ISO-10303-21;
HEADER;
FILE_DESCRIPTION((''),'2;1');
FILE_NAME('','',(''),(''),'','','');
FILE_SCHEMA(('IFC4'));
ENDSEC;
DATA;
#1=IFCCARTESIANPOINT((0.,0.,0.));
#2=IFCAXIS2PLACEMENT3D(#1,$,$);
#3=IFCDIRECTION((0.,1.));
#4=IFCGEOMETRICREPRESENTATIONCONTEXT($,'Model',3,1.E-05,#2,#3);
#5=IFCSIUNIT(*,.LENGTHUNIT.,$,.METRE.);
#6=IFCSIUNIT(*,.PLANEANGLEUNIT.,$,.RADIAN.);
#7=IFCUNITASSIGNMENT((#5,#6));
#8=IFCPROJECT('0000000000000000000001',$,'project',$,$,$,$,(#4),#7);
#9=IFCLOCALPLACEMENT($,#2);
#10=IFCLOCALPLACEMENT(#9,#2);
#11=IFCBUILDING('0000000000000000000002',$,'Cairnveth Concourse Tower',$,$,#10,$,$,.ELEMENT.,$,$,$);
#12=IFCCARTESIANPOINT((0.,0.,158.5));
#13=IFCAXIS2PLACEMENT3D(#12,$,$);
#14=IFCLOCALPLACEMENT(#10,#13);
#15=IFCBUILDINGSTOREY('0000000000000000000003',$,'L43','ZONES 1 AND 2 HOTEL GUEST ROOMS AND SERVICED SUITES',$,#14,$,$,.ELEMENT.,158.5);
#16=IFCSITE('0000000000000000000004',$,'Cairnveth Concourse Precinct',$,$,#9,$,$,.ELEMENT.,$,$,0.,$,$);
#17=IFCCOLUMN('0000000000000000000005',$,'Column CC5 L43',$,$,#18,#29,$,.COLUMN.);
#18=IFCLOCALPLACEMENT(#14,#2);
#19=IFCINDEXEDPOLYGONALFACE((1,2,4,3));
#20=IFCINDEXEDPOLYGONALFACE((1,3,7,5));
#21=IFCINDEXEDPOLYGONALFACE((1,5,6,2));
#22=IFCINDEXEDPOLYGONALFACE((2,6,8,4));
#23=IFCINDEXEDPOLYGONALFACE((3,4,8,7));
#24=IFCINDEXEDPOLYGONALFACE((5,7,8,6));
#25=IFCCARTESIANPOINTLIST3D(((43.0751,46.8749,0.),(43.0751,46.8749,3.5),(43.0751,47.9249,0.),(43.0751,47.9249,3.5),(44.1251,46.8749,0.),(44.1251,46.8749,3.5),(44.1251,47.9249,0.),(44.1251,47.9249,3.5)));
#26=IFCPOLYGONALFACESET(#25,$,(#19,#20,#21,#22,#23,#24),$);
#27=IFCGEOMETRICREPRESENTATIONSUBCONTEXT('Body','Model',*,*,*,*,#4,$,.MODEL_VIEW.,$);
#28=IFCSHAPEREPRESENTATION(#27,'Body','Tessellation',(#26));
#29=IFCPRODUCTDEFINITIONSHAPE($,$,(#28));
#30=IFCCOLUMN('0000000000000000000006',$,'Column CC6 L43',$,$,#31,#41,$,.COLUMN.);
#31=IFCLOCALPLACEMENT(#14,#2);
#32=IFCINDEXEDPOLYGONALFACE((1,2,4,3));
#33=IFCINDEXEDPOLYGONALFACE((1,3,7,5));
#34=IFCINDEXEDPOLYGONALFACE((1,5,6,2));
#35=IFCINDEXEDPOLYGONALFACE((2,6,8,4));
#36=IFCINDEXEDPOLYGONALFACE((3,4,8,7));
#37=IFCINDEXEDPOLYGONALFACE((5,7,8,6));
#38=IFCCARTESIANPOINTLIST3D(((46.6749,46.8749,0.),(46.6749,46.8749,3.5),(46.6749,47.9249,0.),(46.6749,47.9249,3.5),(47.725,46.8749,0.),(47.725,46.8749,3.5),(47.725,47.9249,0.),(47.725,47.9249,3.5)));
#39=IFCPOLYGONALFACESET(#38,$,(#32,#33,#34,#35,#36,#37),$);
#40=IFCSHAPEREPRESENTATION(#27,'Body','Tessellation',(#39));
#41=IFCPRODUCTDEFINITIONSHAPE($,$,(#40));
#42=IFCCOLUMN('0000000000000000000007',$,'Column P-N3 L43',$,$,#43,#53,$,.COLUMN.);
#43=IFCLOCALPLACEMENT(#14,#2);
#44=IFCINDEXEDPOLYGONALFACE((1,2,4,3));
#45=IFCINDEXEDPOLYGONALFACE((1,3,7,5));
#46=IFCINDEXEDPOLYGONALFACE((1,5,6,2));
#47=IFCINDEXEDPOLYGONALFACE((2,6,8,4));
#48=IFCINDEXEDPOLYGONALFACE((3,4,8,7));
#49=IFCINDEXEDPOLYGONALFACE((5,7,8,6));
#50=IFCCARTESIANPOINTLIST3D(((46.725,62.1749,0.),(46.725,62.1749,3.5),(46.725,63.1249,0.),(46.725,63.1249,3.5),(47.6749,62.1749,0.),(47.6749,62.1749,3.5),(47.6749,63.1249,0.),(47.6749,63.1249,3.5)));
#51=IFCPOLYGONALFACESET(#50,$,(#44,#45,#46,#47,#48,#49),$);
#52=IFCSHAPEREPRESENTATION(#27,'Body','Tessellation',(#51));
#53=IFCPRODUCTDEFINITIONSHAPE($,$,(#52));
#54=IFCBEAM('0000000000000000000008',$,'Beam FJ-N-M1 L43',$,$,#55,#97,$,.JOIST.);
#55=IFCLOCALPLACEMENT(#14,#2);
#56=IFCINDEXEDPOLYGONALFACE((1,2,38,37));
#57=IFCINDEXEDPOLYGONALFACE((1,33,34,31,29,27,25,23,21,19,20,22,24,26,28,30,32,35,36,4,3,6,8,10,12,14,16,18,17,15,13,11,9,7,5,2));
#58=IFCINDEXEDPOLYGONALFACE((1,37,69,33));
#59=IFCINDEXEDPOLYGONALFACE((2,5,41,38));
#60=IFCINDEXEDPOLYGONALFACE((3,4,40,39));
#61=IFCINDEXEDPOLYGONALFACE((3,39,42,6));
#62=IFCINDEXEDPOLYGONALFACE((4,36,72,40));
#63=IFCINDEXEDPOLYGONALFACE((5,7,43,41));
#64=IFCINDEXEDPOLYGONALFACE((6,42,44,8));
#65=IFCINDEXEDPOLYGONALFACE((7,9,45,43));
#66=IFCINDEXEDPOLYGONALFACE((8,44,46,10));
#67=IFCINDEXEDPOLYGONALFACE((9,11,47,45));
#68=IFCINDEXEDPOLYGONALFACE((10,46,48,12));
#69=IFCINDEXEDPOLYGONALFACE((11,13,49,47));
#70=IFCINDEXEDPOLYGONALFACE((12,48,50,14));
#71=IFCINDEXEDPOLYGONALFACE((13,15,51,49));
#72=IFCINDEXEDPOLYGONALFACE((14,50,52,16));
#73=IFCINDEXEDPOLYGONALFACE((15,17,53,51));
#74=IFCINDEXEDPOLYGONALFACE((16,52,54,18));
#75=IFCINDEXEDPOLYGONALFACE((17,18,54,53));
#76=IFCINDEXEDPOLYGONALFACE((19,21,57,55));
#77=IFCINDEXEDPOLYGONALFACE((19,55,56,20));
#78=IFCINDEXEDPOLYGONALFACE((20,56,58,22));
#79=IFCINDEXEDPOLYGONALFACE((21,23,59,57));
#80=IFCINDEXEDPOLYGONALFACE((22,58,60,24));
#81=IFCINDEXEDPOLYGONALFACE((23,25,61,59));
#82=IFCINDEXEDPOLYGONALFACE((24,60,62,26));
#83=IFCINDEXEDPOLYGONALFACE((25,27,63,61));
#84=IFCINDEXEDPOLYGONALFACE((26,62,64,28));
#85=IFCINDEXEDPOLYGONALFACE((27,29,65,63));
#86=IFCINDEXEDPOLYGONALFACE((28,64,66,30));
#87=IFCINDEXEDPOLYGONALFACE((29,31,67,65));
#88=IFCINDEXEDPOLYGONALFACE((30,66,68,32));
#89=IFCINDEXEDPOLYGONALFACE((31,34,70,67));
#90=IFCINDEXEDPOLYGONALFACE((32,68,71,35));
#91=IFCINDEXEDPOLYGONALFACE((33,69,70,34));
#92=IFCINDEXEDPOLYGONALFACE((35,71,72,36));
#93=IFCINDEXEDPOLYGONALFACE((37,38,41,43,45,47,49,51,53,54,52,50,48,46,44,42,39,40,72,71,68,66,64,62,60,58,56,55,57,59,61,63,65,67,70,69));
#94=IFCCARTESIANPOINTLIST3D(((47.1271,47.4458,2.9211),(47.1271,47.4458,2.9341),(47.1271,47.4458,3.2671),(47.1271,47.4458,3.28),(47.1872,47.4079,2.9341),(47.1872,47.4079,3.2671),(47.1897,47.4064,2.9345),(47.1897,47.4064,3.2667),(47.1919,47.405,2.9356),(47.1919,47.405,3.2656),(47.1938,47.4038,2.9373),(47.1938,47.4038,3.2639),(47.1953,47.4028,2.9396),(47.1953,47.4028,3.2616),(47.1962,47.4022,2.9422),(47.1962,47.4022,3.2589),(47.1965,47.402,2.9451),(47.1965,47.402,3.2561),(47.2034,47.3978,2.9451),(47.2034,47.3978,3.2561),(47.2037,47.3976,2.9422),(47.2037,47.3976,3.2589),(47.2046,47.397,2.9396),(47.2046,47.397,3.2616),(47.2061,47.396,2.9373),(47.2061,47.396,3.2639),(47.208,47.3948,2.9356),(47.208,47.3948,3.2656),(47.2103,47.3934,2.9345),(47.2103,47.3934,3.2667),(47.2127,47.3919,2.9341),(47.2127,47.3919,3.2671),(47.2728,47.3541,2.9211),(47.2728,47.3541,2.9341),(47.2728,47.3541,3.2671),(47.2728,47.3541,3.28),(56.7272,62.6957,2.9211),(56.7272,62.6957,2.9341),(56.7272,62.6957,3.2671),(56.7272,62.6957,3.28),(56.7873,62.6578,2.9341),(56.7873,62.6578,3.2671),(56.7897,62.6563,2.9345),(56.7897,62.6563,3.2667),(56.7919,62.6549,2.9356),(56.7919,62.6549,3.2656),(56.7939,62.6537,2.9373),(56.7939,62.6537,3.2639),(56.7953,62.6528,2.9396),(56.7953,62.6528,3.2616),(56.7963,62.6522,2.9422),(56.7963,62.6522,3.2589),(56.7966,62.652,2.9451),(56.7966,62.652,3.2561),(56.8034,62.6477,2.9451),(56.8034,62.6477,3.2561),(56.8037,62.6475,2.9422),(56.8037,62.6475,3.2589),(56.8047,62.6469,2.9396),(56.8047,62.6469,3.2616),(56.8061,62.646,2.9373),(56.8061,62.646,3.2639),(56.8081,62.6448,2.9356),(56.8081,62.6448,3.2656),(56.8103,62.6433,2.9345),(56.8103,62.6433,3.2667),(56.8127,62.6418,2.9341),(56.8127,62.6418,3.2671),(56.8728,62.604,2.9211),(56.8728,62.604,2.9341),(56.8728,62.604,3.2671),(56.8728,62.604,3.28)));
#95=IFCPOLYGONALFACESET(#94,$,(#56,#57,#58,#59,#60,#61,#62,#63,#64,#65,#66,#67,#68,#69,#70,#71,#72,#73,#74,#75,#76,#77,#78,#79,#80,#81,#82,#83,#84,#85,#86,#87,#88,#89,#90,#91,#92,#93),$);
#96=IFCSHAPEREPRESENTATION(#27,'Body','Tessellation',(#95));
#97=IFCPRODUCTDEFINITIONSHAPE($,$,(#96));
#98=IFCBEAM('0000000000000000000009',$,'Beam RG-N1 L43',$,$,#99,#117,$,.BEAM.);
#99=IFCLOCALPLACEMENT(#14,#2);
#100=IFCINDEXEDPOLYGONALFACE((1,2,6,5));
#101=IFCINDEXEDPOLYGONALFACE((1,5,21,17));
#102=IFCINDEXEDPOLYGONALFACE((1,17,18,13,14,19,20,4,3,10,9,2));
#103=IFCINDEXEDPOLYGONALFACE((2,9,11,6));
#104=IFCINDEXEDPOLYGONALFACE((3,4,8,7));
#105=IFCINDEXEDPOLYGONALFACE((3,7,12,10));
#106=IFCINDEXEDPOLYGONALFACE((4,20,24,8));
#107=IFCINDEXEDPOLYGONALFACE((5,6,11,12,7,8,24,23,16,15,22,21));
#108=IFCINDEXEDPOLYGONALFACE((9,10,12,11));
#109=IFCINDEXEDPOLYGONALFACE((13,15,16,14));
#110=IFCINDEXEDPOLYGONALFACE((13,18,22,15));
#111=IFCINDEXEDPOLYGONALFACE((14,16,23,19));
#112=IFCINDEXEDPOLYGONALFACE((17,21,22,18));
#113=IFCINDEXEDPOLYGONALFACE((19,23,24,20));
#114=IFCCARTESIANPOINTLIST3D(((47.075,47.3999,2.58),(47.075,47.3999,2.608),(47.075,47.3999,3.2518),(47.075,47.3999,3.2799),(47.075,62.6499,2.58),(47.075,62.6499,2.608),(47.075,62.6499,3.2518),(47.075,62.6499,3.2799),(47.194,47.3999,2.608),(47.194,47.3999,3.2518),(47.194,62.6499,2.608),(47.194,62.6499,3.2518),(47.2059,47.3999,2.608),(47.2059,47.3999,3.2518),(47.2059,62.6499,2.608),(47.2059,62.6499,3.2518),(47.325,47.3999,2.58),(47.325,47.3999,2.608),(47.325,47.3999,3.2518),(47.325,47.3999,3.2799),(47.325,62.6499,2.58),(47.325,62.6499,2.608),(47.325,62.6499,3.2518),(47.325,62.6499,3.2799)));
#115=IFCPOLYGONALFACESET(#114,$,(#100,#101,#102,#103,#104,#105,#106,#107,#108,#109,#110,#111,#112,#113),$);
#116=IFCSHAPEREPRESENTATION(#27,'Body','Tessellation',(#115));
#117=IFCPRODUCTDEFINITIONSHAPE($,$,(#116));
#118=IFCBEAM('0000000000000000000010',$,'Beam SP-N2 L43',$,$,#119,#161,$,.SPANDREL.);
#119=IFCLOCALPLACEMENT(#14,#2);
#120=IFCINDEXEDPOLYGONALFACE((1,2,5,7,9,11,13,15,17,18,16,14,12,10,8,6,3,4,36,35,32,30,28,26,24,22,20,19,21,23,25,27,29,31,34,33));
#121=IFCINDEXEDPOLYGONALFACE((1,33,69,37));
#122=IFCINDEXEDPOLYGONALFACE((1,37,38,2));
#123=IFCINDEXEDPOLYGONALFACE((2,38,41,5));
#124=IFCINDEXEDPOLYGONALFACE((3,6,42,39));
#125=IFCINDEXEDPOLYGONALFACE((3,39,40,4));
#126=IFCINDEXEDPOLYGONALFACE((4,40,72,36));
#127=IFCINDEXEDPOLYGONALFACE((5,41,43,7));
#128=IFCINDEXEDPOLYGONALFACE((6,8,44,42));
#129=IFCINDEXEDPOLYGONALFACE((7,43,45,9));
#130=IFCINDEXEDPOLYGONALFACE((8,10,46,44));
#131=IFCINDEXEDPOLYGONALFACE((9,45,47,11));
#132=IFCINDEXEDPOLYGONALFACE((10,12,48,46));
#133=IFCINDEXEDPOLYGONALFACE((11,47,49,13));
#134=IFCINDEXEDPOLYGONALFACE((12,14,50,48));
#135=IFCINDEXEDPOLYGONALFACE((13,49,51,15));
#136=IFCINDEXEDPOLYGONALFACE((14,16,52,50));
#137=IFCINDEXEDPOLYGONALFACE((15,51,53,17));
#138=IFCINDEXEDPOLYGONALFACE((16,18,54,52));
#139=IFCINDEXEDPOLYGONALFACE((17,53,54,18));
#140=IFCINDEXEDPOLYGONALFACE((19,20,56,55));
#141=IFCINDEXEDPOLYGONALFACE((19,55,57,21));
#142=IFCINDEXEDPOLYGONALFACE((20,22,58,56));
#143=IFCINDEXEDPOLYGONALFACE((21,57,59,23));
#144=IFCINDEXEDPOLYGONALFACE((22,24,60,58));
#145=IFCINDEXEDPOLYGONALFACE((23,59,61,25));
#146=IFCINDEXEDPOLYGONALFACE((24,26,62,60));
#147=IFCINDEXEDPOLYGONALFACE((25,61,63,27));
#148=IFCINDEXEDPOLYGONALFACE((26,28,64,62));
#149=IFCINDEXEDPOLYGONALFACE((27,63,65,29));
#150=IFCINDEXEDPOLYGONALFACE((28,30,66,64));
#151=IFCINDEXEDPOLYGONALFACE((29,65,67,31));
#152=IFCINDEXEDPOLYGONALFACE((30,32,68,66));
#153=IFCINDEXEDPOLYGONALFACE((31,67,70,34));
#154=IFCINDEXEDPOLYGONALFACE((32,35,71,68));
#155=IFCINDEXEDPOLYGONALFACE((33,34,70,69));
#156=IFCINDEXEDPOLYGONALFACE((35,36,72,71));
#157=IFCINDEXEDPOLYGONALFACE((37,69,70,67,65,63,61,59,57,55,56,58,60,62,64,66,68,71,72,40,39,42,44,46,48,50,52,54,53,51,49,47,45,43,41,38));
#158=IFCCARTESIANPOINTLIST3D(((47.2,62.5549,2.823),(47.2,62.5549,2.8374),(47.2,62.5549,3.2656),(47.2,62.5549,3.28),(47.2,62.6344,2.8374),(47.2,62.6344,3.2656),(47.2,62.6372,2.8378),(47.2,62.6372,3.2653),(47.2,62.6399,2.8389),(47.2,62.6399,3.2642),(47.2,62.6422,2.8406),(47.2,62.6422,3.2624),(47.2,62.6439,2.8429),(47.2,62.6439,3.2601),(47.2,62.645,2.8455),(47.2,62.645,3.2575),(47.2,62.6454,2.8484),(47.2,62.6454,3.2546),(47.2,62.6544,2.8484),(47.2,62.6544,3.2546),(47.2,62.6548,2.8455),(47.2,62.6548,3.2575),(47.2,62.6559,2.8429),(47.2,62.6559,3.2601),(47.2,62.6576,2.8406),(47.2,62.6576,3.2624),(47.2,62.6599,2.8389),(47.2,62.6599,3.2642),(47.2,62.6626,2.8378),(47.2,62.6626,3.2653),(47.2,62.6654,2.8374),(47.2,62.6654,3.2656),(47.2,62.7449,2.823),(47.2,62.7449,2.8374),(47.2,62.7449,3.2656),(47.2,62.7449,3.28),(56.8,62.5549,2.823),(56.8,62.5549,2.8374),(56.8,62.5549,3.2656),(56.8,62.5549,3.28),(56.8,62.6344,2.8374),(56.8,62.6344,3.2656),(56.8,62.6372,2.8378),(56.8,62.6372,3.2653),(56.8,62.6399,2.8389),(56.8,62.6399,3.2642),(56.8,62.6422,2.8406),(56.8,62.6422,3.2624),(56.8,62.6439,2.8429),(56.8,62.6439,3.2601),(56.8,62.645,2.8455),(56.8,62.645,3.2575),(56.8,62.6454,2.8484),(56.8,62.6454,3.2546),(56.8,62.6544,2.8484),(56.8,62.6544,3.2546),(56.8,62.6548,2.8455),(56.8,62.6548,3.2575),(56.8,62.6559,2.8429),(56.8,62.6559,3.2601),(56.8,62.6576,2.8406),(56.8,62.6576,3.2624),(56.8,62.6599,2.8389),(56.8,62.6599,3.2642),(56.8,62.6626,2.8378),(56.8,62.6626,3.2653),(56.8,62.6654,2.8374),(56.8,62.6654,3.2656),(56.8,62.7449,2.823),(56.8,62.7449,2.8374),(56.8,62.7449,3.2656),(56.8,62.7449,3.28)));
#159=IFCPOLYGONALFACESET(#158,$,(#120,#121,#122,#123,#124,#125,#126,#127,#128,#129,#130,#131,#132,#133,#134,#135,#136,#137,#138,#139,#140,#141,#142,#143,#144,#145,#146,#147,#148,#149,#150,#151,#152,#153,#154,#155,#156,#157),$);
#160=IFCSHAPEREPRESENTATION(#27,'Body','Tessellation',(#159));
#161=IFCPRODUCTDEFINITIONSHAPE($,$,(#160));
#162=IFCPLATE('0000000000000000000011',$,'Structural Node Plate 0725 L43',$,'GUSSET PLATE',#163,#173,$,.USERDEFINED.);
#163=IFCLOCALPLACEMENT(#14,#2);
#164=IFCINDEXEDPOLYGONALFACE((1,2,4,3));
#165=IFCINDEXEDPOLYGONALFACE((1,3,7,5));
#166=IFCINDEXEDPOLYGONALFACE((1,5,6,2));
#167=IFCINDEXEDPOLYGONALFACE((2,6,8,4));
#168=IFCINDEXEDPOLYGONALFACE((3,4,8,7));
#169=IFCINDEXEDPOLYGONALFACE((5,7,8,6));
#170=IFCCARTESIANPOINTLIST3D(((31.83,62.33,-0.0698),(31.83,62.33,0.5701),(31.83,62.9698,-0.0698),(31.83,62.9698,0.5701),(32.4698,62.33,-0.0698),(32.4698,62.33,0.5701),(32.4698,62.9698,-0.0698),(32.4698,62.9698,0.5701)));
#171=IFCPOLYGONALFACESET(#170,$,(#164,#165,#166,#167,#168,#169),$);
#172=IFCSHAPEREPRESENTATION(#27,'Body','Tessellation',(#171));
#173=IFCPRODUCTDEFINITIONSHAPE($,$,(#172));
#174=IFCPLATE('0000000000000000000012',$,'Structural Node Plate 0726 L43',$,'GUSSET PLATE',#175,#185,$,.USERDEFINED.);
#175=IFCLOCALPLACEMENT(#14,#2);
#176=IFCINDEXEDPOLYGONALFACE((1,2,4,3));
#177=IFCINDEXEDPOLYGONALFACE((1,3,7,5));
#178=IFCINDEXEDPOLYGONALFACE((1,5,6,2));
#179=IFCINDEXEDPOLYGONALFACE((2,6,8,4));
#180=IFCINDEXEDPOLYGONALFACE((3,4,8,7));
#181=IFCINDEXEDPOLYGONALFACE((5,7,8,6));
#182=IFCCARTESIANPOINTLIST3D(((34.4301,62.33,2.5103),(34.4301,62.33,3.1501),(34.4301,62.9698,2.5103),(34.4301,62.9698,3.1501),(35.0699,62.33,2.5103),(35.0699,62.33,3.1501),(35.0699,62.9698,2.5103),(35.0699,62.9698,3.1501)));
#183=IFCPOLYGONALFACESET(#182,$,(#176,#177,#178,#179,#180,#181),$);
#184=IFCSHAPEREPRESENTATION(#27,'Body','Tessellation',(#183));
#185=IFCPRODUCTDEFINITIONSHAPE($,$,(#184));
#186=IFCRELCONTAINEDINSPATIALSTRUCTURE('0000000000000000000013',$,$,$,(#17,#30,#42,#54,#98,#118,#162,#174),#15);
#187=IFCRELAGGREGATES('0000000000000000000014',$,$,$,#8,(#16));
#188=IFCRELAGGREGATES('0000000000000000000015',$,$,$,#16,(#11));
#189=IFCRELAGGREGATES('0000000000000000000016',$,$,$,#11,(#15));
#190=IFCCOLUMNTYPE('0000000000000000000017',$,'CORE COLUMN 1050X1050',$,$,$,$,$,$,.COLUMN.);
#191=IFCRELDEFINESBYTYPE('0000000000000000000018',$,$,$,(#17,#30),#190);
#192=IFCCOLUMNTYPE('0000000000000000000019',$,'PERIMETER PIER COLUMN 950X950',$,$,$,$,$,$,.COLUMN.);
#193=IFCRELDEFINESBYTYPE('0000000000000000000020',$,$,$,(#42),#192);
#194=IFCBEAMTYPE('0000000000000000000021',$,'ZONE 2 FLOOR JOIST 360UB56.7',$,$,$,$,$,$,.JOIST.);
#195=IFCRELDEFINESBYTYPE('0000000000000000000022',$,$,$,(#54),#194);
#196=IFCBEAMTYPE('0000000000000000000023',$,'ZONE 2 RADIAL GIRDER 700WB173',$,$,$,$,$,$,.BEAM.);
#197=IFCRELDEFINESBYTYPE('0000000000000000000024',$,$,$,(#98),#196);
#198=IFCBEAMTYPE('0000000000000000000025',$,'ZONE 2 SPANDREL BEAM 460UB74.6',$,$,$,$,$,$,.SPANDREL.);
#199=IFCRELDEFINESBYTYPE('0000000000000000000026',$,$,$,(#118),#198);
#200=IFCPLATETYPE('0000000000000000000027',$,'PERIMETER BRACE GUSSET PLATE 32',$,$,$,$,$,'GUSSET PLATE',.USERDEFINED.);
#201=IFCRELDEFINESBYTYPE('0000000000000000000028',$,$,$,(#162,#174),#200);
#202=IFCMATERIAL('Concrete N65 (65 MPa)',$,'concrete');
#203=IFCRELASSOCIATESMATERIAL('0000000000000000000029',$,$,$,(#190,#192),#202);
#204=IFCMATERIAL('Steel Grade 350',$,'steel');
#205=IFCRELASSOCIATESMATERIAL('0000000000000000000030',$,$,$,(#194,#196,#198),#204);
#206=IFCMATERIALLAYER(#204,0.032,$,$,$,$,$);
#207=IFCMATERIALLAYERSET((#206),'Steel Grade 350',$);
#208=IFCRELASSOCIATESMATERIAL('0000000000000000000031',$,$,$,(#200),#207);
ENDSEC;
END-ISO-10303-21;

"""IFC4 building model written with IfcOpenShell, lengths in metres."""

from ifc_helpers import new_model, si_unit, direction, frame, origin, origin_2d, place, context, subcontext, project, spatial, rectangle, i_section, extrude, material, layer, layer_set, material_profile, profile_set, type_object, element, save


model = new_model("IFC4")

# Units and contexts
model_context = context("Model", 3, precision=1e-05, world=origin(), true_north=direction((0.0, 1.0)))
body_context = subcontext(model_context, "Body", "Model", "MODEL_VIEW")
ifc_project = project(units=[si_unit("LENGTHUNIT", "METRE"), si_unit("PLANEANGLEUNIT", "RADIAN")], contexts=[model_context])

# Site, building, storey
site_placement = place(None, origin())
site = spatial("IfcSite", under=ifc_project, at=site_placement, Name="Cairnveth Concourse Precinct", CompositionType="ELEMENT", RefElevation=0.0)
building_placement = place(site_placement, origin())
building = spatial("IfcBuilding", under=site, at=building_placement, Name="Cairnveth Concourse Tower", CompositionType="ELEMENT")
storey_placement = place(building_placement, frame((0.0, 0.0, 158.5)))
storey = spatial("IfcBuildingStorey", under=building, at=storey_placement, Name="L43", Description="ZONES 1 AND 2 HOTEL GUEST ROOMS AND SERVICED SUITES", CompositionType="ELEMENT", Elevation=158.5)

# Columns
ifc_material_1 = material(Name="Concrete N65 (65 MPa)", Category="concrete")
ifc_material_profile_1 = material_profile(ifc_material_1, rectangle(XDim=1.05, YDim=1.05, at=origin_2d()), Name="RC-COL-1050x1050")
ifc_profile_set_1 = profile_set([ifc_material_profile_1], Name="Concrete N65 (65 MPa)")
column_type_1 = type_object("IfcColumnType", Name="CORE COLUMN 1050X1050", PredefinedType="COLUMN", material=ifc_profile_set_1)
for number, where, z_axis, x_axis, name in (
    (1, (43.6001, 47.3999, 0.0), (0.0, 0.0, 1.0), (1.0, 0.0, 0.0), "Column CC5 L43"),
    (2, (47.2, 47.3999, 0.0), (0.0, 0.0, 1.0), (1.0, 0.0, 0.0), "Column CC6 L43"),
):
    element("IfcColumn", number, at=place(storey_placement, frame(where, z_axis=z_axis, x_axis=x_axis)), inside=storey, type_object=column_type_1, Name=name, PredefinedType="COLUMN", context=body_context, shape_type="SweptSolid", body=[
        extrude(rectangle(XDim=1.05, YDim=1.05, at=origin_2d()), origin(), (0.0, 0.0, 1.0), 3.5),
    ])
ifc_material_profile_2 = material_profile(ifc_material_1, rectangle(XDim=0.95, YDim=0.95, at=origin_2d()), Name="RC-COL-950x950")
ifc_profile_set_2 = profile_set([ifc_material_profile_2], Name="Concrete N65 (65 MPa)")
column_type_2 = type_object("IfcColumnType", Name="PERIMETER PIER COLUMN 950X950", PredefinedType="COLUMN", material=ifc_profile_set_2)
column_placement = place(storey_placement, frame((47.2, 62.6499, 0.0), z_axis=(0.0, 0.0, 1.0), x_axis=(1.0, 0.0, 0.0)))
element("IfcColumn", 3, at=column_placement, inside=storey, type_object=column_type_2, Name="Column P-N3 L43", PredefinedType="COLUMN", context=body_context, shape_type="SweptSolid", body=[
    extrude(rectangle(XDim=0.95, YDim=0.95, at=origin_2d()), origin(), (0.0, 0.0, 1.0), 3.5),
])

# Beams
ifc_material_2 = material(Name="Steel Grade 350", Category="steel")
ifc_material_profile_3 = material_profile(ifc_material_2, i_section(OverallWidth=0.1721, OverallDepth=0.3589, WebThickness=0.0081, FlangeThickness=0.0129, FilletRadius=0.011, at=origin_2d()), Name="360UB56.7")
ifc_profile_set_3 = profile_set([ifc_material_profile_3], Name="Steel Grade 350")
beam_type_1 = type_object("IfcBeamType", Name="ZONE 2 FLOOR JOIST 360UB56.7", PredefinedType="JOIST", material=ifc_profile_set_3)
beam_1_placement = place(storey_placement, frame((47.2, 47.3999, 3.1006), z_axis=(0.532744, 0.846277, 0.0), x_axis=(-0.846277, 0.532744, 0.0)))
element("IfcBeam", 4, at=beam_1_placement, inside=storey, type_object=beam_type_1, Name="Beam FJ-N-M1 L43", PredefinedType="JOIST", context=body_context, shape_type="SweptSolid", body=[
    extrude(i_section(OverallWidth=0.1721, OverallDepth=0.3589, WebThickness=0.0081, FlangeThickness=0.0129, FilletRadius=0.011, at=origin_2d()), origin(), (0.0, 0.0, 1.0), 18.02),
])
ifc_material_profile_4 = material_profile(ifc_material_2, i_section(OverallWidth=0.25, OverallDepth=0.7, WebThickness=0.012, FlangeThickness=0.0281, at=origin_2d()), Name="700WB173")
ifc_profile_set_4 = profile_set([ifc_material_profile_4], Name="Steel Grade 350")
beam_type_2 = type_object("IfcBeamType", Name="ZONE 2 RADIAL GIRDER 700WB173", PredefinedType="BEAM", material=ifc_profile_set_4)
beam_2_placement = place(storey_placement, frame((47.2, 47.3999, 2.9299), z_axis=(0.0, 1.0, 0.0), x_axis=(-1.0, 0.0, 0.0)))
element("IfcBeam", 5, at=beam_2_placement, inside=storey, type_object=beam_type_2, Name="Beam RG-N1 L43", PredefinedType="BEAM", context=body_context, shape_type="SweptSolid", body=[
    extrude(i_section(OverallWidth=0.25, OverallDepth=0.7, WebThickness=0.012, FlangeThickness=0.0281, at=origin_2d()), origin(), (0.0, 0.0, 1.0), 15.25),
])
ifc_material_profile_5 = material_profile(ifc_material_2, i_section(OverallWidth=0.1899, OverallDepth=0.457, WebThickness=0.009, FlangeThickness=0.0144, FilletRadius=0.011, at=origin_2d()), Name="460UB74.6")
ifc_profile_set_5 = profile_set([ifc_material_profile_5], Name="Steel Grade 350")
beam_type_3 = type_object("IfcBeamType", Name="ZONE 2 SPANDREL BEAM 460UB74.6", PredefinedType="SPANDREL", material=ifc_profile_set_5)
beam_3_placement = place(storey_placement, frame((47.2, 62.6499, 3.0515), z_axis=(1.0, 0.0, 0.0), x_axis=(0.0, 1.0, 0.0)))
element("IfcBeam", 6, at=beam_3_placement, inside=storey, type_object=beam_type_3, Name="Beam SP-N2 L43", PredefinedType="SPANDREL", context=body_context, shape_type="SweptSolid", body=[
    extrude(i_section(OverallWidth=0.1899, OverallDepth=0.457, WebThickness=0.009, FlangeThickness=0.0144, FilletRadius=0.011, at=origin_2d()), origin(), (0.0, 0.0, 1.0), 9.6001),
])

# Plates
ifc_layer_1 = layer(ifc_material_2, 0.032)
ifc_layer_set_1 = layer_set([ifc_layer_1], Name="Steel Grade 350")
plate_type = type_object("IfcPlateType", Name="PERIMETER BRACE GUSSET PLATE 32", ElementType="GUSSET PLATE", PredefinedType="USERDEFINED", material=ifc_layer_set_1)
for number, where, z_axis, x_axis, name in (
    (7, (32.1499, 62.6499, -0.0698), (0.0, 0.0, 1.0), (1.0, 0.0, 0.0), "Structural Node Plate 0725 L43"),
    (8, (34.75, 62.6499, 2.5103), (0.0, 0.0, 1.0), (1.0, 0.0, 0.0), "Structural Node Plate 0726 L43"),
):
    element("IfcPlate", number, at=place(storey_placement, frame(where, z_axis=z_axis, x_axis=x_axis)), inside=storey, type_object=plate_type, Name=name, ObjectType="GUSSET PLATE", PredefinedType="USERDEFINED", context=body_context, shape_type="SweptSolid", body=[
        extrude(rectangle(XDim=0.6399, YDim=0.6399, at=origin_2d()), origin(), (0.0, 0.0, 1.0), 0.6399),
    ])

save(model, "model.ifc")
